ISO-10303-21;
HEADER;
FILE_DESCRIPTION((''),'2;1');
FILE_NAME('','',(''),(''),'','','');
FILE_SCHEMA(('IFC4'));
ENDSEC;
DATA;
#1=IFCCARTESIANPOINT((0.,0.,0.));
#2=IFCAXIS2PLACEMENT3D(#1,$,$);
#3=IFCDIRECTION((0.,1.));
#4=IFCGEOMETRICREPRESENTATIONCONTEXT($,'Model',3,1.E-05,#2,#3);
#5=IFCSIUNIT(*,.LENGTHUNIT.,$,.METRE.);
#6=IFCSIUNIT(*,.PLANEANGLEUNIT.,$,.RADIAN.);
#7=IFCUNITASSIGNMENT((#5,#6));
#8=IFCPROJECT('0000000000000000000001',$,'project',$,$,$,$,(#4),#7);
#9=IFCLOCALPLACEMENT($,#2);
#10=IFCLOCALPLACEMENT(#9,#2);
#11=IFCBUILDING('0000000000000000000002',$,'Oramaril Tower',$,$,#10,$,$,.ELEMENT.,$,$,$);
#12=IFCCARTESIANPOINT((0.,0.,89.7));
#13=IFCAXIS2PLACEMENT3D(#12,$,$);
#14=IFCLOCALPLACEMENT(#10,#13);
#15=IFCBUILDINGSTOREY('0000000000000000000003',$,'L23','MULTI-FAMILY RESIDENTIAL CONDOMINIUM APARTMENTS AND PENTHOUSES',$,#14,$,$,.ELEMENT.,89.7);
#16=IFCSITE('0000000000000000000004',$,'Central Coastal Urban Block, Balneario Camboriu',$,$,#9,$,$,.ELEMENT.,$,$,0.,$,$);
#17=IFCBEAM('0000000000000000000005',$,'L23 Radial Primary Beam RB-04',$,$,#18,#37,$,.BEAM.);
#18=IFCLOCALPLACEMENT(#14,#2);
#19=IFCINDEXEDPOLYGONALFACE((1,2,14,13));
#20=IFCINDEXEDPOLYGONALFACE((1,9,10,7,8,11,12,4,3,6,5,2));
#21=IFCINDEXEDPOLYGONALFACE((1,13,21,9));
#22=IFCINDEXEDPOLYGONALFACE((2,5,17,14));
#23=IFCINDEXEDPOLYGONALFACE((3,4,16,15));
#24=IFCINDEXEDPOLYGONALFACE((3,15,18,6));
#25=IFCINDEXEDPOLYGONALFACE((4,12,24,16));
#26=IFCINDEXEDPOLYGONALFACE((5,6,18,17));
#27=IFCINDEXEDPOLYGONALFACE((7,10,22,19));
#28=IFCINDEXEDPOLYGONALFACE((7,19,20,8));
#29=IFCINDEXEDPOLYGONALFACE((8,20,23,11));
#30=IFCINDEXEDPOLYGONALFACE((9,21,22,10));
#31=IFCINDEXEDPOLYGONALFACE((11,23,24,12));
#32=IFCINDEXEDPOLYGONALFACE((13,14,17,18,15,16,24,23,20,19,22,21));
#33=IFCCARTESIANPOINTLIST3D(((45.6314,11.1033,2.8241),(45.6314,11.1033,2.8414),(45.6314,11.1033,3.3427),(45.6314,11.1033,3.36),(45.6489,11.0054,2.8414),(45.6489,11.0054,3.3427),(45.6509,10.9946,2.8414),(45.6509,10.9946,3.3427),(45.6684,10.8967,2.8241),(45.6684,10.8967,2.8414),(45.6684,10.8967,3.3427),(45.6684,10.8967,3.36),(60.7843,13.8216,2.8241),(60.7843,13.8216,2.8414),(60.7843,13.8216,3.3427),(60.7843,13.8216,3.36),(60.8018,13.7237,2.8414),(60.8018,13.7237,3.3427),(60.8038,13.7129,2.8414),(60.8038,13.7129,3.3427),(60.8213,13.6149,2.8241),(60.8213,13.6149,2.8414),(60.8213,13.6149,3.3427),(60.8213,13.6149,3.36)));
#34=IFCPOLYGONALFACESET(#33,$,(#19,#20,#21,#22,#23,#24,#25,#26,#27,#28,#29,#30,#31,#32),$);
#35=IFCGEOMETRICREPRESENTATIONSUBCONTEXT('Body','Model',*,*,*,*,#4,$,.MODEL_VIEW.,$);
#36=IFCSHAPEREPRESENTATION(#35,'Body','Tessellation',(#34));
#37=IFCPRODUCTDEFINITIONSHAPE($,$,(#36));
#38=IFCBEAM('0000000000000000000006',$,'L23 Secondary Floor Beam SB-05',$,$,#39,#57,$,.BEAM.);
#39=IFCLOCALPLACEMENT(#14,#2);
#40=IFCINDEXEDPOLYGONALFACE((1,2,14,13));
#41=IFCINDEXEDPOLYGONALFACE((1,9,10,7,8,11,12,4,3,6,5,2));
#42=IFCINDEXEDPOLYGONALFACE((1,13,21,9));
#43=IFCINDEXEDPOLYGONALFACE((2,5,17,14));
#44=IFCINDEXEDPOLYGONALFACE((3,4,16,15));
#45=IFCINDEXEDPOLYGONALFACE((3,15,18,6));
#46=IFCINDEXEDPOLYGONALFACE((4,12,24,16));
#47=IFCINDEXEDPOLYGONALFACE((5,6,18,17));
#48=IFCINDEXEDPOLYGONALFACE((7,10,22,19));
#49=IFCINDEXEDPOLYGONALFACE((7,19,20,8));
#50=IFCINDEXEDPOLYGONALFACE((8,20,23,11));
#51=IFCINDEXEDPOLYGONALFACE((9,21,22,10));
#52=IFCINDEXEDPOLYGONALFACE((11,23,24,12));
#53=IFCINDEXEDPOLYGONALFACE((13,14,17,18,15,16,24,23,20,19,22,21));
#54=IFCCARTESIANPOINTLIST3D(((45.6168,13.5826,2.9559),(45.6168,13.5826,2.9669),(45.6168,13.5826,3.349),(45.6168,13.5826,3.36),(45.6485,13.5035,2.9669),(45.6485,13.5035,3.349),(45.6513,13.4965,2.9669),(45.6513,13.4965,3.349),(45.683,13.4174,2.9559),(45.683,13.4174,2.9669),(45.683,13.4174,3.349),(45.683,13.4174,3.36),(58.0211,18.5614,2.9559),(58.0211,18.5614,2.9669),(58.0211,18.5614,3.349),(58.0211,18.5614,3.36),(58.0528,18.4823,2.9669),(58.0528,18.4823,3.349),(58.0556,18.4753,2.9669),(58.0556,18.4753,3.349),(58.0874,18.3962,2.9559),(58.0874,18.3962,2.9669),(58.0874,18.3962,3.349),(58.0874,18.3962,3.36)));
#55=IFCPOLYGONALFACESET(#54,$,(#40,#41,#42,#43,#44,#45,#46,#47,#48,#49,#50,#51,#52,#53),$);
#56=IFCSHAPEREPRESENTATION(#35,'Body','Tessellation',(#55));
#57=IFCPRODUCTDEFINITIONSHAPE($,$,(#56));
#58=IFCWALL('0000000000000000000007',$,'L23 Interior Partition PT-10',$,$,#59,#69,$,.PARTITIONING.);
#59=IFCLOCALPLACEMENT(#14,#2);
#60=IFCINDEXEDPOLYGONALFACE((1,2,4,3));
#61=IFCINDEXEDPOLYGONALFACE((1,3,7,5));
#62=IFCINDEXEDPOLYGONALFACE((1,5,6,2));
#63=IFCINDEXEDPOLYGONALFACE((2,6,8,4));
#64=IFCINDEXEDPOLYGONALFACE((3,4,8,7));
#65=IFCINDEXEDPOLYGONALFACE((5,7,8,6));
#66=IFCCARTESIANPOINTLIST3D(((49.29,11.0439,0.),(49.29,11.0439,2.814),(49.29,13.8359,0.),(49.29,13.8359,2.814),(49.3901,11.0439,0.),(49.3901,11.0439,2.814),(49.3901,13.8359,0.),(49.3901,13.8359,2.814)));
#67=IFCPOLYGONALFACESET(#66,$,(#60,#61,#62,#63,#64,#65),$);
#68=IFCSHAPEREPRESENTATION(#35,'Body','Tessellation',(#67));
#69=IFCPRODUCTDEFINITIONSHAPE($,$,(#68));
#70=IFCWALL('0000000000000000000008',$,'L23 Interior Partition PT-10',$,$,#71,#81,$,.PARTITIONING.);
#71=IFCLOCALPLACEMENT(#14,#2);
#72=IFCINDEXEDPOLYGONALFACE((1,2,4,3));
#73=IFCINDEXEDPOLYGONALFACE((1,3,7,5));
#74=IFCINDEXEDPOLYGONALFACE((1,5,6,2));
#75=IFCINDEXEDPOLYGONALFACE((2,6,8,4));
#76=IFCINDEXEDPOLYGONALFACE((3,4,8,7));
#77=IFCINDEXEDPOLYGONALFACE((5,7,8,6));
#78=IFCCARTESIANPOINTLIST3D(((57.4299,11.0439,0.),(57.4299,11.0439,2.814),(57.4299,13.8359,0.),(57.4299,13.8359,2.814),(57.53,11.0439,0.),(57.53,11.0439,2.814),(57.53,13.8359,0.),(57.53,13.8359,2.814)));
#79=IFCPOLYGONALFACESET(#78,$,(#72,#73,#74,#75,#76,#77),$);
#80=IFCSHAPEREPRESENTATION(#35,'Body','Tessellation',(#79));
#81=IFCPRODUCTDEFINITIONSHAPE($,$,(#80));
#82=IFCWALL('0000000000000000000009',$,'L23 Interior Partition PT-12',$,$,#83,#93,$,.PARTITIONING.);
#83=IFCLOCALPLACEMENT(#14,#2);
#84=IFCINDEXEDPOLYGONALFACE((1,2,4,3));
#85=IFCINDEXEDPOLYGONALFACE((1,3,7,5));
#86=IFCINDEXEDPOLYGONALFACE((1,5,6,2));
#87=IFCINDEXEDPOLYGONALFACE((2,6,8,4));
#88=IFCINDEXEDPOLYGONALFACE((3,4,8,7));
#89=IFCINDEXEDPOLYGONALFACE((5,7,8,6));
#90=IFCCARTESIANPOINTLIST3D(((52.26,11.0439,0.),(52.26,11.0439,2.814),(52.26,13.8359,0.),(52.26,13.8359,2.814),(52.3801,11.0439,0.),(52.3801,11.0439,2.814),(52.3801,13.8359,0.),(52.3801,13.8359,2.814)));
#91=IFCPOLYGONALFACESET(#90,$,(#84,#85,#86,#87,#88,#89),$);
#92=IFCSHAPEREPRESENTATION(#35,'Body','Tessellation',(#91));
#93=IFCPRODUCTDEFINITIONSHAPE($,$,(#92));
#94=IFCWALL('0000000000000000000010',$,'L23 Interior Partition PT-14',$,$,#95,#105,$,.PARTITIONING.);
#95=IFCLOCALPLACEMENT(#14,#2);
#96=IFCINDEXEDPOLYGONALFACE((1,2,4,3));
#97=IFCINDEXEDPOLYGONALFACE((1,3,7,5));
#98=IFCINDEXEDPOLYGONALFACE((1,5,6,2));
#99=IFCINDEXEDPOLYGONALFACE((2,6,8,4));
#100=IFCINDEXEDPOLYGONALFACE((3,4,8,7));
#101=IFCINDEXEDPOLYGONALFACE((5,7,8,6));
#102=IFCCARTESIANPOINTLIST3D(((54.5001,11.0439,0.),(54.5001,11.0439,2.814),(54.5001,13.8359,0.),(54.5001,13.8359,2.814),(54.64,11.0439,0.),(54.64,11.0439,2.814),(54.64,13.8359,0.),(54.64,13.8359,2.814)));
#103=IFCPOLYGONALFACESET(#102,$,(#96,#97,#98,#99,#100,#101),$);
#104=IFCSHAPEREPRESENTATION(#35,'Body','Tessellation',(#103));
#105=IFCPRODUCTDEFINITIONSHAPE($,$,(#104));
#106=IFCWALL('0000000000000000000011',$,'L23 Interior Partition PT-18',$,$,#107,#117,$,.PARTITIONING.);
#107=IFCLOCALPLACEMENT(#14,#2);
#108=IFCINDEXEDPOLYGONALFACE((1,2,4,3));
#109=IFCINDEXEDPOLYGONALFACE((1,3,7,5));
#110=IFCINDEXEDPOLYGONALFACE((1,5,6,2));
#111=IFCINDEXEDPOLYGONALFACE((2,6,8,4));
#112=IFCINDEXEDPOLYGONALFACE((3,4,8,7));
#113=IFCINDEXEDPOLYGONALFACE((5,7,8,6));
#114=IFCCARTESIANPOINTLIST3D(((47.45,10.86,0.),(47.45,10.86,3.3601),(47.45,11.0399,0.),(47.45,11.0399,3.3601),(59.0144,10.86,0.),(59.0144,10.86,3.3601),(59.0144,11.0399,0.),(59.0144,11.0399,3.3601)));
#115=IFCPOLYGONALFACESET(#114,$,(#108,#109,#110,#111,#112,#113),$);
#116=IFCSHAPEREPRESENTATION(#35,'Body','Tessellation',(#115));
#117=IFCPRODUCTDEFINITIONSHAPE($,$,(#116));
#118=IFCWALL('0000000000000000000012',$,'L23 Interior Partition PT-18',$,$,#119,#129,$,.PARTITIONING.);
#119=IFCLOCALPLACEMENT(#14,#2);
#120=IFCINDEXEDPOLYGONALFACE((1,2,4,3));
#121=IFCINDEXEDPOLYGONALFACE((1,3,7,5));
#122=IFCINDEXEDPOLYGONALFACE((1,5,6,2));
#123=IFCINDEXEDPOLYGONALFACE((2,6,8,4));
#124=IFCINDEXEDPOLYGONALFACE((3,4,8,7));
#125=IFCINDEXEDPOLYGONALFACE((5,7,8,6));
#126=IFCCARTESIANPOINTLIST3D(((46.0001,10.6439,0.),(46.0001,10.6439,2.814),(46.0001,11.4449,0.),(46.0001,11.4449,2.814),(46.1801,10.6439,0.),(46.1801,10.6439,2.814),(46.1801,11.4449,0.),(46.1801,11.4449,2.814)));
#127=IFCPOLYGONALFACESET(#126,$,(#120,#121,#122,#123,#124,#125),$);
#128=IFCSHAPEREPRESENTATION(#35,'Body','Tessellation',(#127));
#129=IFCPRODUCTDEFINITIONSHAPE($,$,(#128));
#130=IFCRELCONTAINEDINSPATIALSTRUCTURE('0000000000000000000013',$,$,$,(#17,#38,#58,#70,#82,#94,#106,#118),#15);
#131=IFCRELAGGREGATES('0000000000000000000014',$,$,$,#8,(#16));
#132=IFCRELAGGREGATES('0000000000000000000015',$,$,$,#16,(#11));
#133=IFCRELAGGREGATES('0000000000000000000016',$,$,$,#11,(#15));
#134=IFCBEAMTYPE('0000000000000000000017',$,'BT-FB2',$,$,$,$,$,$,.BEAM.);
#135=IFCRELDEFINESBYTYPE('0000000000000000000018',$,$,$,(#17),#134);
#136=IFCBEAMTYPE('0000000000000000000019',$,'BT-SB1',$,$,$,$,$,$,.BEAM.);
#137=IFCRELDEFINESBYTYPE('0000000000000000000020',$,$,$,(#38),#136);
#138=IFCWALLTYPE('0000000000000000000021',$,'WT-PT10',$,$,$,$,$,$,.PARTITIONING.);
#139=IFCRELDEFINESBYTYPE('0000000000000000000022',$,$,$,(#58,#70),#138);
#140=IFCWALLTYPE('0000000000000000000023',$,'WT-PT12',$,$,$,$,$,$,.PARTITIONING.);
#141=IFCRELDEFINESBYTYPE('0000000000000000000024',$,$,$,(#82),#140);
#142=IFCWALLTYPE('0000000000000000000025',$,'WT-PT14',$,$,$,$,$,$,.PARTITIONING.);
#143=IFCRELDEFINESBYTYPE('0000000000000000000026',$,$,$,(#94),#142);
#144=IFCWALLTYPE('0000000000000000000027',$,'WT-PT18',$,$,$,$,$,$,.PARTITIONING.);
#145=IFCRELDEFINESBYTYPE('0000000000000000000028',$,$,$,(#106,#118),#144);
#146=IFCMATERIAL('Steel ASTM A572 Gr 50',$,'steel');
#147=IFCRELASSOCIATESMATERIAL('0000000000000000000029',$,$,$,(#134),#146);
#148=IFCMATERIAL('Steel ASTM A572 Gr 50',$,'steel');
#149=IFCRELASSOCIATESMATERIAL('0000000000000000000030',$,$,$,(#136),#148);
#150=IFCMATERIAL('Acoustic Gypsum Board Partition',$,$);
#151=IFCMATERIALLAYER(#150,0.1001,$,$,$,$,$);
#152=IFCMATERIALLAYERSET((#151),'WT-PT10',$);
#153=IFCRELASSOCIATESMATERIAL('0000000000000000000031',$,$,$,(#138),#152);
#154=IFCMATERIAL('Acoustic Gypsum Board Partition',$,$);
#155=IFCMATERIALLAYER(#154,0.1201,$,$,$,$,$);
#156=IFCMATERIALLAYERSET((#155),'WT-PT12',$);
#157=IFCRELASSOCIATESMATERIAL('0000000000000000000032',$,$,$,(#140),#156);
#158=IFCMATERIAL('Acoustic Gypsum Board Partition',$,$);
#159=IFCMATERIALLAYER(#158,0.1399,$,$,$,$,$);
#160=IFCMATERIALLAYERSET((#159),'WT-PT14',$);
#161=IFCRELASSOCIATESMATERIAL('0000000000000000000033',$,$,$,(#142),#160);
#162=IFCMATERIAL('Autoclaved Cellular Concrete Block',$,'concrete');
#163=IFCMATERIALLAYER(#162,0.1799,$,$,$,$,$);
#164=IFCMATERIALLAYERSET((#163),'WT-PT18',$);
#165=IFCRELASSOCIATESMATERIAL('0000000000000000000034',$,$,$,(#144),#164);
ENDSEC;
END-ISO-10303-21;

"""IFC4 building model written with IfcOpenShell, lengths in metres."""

from ifc_helpers import new_model, si_unit, direction, frame, frame_2d, origin, origin_2d, place, context, subcontext, project, spatial, rectangle, i_section, extrude, material, layer, layer_set, material_profile, profile_set, type_object, element, save


model = new_model("IFC4")

# Units and contexts
model_context = context("Model", 3, precision=1e-05, world=origin(), true_north=direction((0.0, 1.0)))
body_context = subcontext(model_context, "Body", "Model", "MODEL_VIEW")
ifc_project = project(units=[si_unit("LENGTHUNIT", "METRE"), si_unit("PLANEANGLEUNIT", "RADIAN")], contexts=[model_context])

# Site, building, storey
site_placement = place(None, origin())
site = spatial("IfcSite", under=ifc_project, at=site_placement, Name="Central Coastal Urban Block, Balneario Camboriu", CompositionType="ELEMENT", RefElevation=0.0)
building_placement = place(site_placement, origin())
building = spatial("IfcBuilding", under=site, at=building_placement, Name="Oramaril Tower", CompositionType="ELEMENT")
storey_placement = place(building_placement, frame((0.0, 0.0, 89.7)))
storey = spatial("IfcBuildingStorey", under=building, at=storey_placement, Name="L23", Description="MULTI-FAMILY RESIDENTIAL CONDOMINIUM APARTMENTS AND PENTHOUSES", CompositionType="ELEMENT", Elevation=89.7)

# Beams
ifc_material_1 = material(Name="Steel ASTM A572 Gr 50", Category="steel")
ifc_material_profile_1 = material_profile(ifc_material_1, i_section(OverallWidth=0.21, OverallDepth=0.5359, WebThickness=0.011, FlangeThickness=0.0173, at=origin_2d()), Name="W21X68")
ifc_profile_set_1 = profile_set([ifc_material_profile_1], Name="Steel ASTM A572 Gr 50")
beam_type_1 = type_object("IfcBeamType", Name="BT-FB2", PredefinedType="BEAM", material=ifc_profile_set_1)
beam_1_placement = place(storey_placement, frame((45.6499, 11.0, 3.092), z_axis=(0.984288, 0.176571, 0.0), x_axis=(-0.176571, 0.984288, 0.0)))
element("IfcBeam", 1, at=beam_1_placement, inside=storey, type_object=beam_type_1, Name="L23 Radial Primary Beam RB-04", PredefinedType="BEAM", context=body_context, shape_type="SweptSolid", body=[
    extrude(i_section(OverallWidth=0.21, OverallDepth=0.5359, WebThickness=0.011, FlangeThickness=0.0173, at=origin_2d()), origin(), (0.0, 0.0, 1.0), 15.3948),
])
ifc_material_2 = material(Name="Steel ASTM A572 Gr 50", Category="steel")
ifc_material_profile_2 = material_profile(ifc_material_2, i_section(OverallWidth=0.178, OverallDepth=0.4041, WebThickness=0.0076, FlangeThickness=0.011, at=origin_2d()), Name="W16X36")
ifc_profile_set_2 = profile_set([ifc_material_profile_2], Name="Steel ASTM A572 Gr 50")
beam_type_2 = type_object("IfcBeamType", Name="BT-SB1", PredefinedType="BEAM", material=ifc_profile_set_2)
beam_2_placement = place(storey_placement, frame((45.6499, 13.5, 3.158), z_axis=(0.928036, 0.372489, 0.0), x_axis=(-0.372489, 0.928036, 0.0)))
element("IfcBeam", 2, at=beam_2_placement, inside=storey, type_object=beam_type_2, Name="L23 Secondary Floor Beam SB-05", PredefinedType="BEAM", context=body_context, shape_type="SweptSolid", body=[
    extrude(i_section(OverallWidth=0.178, OverallDepth=0.4041, WebThickness=0.0076, FlangeThickness=0.011, at=origin_2d()), origin(), (0.0, 0.0, 1.0), 13.3662),
])

# Walls
ifc_material_3 = material(Name="Acoustic Gypsum Board Partition")
ifc_layer_1 = layer(ifc_material_3, 0.1001)
ifc_layer_set_1 = layer_set([ifc_layer_1], Name="WT-PT10")
wall_type_1 = type_object("IfcWallType", Name="WT-PT10", PredefinedType="PARTITIONING", material=ifc_layer_set_1)
for number, where, z_axis, x_axis, name in (
    (3, (49.3401, 11.0439, 0.0), (0.0, 0.0, 1.0), (0.0, 1.0, 0.0), "L23 Interior Partition PT-10"),
    (4, (57.48, 11.0439, 0.0), (0.0, 0.0, 1.0), (0.0, 1.0, 0.0), "L23 Interior Partition PT-10"),
):
    element("IfcWall", number, at=place(storey_placement, frame(where, z_axis=z_axis, x_axis=x_axis)), inside=storey, type_object=wall_type_1, Name=name, PredefinedType="PARTITIONING", context=body_context, shape_type="SweptSolid", body=[
        extrude(rectangle(XDim=2.792, YDim=0.1001, at=frame_2d((1.396, 0.0))), origin(), (0.0, 0.0, 1.0), 2.814),
    ])
ifc_material_4 = material(Name="Acoustic Gypsum Board Partition")
ifc_layer_2 = layer(ifc_material_4, 0.1201)
ifc_layer_set_2 = layer_set([ifc_layer_2], Name="WT-PT12")
wall_type_2 = type_object("IfcWallType", Name="WT-PT12", PredefinedType="PARTITIONING", material=ifc_layer_set_2)
wall_1_placement = place(storey_placement, frame((52.3201, 11.0439, 0.0), z_axis=(0.0, 0.0, 1.0), x_axis=(0.0, 1.0, 0.0)))
element("IfcWall", 5, at=wall_1_placement, inside=storey, type_object=wall_type_2, Name="L23 Interior Partition PT-12", PredefinedType="PARTITIONING", context=body_context, shape_type="SweptSolid", body=[
    extrude(rectangle(XDim=2.792, YDim=0.1201, at=frame_2d((1.396, 0.0))), origin(), (0.0, 0.0, 1.0), 2.814),
])
ifc_material_5 = material(Name="Acoustic Gypsum Board Partition")
ifc_layer_3 = layer(ifc_material_5, 0.1399)
ifc_layer_set_3 = layer_set([ifc_layer_3], Name="WT-PT14")
wall_type_3 = type_object("IfcWallType", Name="WT-PT14", PredefinedType="PARTITIONING", material=ifc_layer_set_3)
wall_2_placement = place(storey_placement, frame((54.5701, 11.0439, 0.0), z_axis=(0.0, 0.0, 1.0), x_axis=(0.0, 1.0, 0.0)))
element("IfcWall", 6, at=wall_2_placement, inside=storey, type_object=wall_type_3, Name="L23 Interior Partition PT-14", PredefinedType="PARTITIONING", context=body_context, shape_type="SweptSolid", body=[
    extrude(rectangle(XDim=2.792, YDim=0.1399, at=frame_2d((1.396, 0.0))), origin(), (0.0, 0.0, 1.0), 2.814),
])

# Walls
ifc_material_6 = material(Name="Autoclaved Cellular Concrete Block", Category="concrete")
ifc_layer_4 = layer(ifc_material_6, 0.1799)
ifc_layer_set_4 = layer_set([ifc_layer_4], Name="WT-PT18")
wall_type_4 = type_object("IfcWallType", Name="WT-PT18", PredefinedType="PARTITIONING", material=ifc_layer_set_4)
wall_3_placement = place(storey_placement, frame((47.45, 10.95, 0.0), z_axis=(0.0, 0.0, 1.0), x_axis=(1.0, 0.0, 0.0)))
element("IfcWall", 7, at=wall_3_placement, inside=storey, type_object=wall_type_4, Name="L23 Interior Partition PT-18", PredefinedType="PARTITIONING", context=body_context, shape_type="SweptSolid", body=[
    extrude(rectangle(XDim=11.5645, YDim=0.1799, at=frame_2d((5.7822, 0.0))), origin(), (0.0, 0.0, 1.0), 3.3601),
])
wall_4_placement = place(storey_placement, frame((46.0901, 10.644, 0.0), z_axis=(0.0, 0.0, 1.0), x_axis=(0.0, 1.0, 0.0)))
element("IfcWall", 8, at=wall_4_placement, inside=storey, type_object=wall_type_4, Name="L23 Interior Partition PT-18", PredefinedType="PARTITIONING", context=body_context, shape_type="SweptSolid", body=[
    extrude(rectangle(XDim=0.801, YDim=0.1799, at=frame_2d((0.4004, 0.0))), origin(), (0.0, 0.0, 1.0), 2.814),
])

save(model, "model.ifc")
